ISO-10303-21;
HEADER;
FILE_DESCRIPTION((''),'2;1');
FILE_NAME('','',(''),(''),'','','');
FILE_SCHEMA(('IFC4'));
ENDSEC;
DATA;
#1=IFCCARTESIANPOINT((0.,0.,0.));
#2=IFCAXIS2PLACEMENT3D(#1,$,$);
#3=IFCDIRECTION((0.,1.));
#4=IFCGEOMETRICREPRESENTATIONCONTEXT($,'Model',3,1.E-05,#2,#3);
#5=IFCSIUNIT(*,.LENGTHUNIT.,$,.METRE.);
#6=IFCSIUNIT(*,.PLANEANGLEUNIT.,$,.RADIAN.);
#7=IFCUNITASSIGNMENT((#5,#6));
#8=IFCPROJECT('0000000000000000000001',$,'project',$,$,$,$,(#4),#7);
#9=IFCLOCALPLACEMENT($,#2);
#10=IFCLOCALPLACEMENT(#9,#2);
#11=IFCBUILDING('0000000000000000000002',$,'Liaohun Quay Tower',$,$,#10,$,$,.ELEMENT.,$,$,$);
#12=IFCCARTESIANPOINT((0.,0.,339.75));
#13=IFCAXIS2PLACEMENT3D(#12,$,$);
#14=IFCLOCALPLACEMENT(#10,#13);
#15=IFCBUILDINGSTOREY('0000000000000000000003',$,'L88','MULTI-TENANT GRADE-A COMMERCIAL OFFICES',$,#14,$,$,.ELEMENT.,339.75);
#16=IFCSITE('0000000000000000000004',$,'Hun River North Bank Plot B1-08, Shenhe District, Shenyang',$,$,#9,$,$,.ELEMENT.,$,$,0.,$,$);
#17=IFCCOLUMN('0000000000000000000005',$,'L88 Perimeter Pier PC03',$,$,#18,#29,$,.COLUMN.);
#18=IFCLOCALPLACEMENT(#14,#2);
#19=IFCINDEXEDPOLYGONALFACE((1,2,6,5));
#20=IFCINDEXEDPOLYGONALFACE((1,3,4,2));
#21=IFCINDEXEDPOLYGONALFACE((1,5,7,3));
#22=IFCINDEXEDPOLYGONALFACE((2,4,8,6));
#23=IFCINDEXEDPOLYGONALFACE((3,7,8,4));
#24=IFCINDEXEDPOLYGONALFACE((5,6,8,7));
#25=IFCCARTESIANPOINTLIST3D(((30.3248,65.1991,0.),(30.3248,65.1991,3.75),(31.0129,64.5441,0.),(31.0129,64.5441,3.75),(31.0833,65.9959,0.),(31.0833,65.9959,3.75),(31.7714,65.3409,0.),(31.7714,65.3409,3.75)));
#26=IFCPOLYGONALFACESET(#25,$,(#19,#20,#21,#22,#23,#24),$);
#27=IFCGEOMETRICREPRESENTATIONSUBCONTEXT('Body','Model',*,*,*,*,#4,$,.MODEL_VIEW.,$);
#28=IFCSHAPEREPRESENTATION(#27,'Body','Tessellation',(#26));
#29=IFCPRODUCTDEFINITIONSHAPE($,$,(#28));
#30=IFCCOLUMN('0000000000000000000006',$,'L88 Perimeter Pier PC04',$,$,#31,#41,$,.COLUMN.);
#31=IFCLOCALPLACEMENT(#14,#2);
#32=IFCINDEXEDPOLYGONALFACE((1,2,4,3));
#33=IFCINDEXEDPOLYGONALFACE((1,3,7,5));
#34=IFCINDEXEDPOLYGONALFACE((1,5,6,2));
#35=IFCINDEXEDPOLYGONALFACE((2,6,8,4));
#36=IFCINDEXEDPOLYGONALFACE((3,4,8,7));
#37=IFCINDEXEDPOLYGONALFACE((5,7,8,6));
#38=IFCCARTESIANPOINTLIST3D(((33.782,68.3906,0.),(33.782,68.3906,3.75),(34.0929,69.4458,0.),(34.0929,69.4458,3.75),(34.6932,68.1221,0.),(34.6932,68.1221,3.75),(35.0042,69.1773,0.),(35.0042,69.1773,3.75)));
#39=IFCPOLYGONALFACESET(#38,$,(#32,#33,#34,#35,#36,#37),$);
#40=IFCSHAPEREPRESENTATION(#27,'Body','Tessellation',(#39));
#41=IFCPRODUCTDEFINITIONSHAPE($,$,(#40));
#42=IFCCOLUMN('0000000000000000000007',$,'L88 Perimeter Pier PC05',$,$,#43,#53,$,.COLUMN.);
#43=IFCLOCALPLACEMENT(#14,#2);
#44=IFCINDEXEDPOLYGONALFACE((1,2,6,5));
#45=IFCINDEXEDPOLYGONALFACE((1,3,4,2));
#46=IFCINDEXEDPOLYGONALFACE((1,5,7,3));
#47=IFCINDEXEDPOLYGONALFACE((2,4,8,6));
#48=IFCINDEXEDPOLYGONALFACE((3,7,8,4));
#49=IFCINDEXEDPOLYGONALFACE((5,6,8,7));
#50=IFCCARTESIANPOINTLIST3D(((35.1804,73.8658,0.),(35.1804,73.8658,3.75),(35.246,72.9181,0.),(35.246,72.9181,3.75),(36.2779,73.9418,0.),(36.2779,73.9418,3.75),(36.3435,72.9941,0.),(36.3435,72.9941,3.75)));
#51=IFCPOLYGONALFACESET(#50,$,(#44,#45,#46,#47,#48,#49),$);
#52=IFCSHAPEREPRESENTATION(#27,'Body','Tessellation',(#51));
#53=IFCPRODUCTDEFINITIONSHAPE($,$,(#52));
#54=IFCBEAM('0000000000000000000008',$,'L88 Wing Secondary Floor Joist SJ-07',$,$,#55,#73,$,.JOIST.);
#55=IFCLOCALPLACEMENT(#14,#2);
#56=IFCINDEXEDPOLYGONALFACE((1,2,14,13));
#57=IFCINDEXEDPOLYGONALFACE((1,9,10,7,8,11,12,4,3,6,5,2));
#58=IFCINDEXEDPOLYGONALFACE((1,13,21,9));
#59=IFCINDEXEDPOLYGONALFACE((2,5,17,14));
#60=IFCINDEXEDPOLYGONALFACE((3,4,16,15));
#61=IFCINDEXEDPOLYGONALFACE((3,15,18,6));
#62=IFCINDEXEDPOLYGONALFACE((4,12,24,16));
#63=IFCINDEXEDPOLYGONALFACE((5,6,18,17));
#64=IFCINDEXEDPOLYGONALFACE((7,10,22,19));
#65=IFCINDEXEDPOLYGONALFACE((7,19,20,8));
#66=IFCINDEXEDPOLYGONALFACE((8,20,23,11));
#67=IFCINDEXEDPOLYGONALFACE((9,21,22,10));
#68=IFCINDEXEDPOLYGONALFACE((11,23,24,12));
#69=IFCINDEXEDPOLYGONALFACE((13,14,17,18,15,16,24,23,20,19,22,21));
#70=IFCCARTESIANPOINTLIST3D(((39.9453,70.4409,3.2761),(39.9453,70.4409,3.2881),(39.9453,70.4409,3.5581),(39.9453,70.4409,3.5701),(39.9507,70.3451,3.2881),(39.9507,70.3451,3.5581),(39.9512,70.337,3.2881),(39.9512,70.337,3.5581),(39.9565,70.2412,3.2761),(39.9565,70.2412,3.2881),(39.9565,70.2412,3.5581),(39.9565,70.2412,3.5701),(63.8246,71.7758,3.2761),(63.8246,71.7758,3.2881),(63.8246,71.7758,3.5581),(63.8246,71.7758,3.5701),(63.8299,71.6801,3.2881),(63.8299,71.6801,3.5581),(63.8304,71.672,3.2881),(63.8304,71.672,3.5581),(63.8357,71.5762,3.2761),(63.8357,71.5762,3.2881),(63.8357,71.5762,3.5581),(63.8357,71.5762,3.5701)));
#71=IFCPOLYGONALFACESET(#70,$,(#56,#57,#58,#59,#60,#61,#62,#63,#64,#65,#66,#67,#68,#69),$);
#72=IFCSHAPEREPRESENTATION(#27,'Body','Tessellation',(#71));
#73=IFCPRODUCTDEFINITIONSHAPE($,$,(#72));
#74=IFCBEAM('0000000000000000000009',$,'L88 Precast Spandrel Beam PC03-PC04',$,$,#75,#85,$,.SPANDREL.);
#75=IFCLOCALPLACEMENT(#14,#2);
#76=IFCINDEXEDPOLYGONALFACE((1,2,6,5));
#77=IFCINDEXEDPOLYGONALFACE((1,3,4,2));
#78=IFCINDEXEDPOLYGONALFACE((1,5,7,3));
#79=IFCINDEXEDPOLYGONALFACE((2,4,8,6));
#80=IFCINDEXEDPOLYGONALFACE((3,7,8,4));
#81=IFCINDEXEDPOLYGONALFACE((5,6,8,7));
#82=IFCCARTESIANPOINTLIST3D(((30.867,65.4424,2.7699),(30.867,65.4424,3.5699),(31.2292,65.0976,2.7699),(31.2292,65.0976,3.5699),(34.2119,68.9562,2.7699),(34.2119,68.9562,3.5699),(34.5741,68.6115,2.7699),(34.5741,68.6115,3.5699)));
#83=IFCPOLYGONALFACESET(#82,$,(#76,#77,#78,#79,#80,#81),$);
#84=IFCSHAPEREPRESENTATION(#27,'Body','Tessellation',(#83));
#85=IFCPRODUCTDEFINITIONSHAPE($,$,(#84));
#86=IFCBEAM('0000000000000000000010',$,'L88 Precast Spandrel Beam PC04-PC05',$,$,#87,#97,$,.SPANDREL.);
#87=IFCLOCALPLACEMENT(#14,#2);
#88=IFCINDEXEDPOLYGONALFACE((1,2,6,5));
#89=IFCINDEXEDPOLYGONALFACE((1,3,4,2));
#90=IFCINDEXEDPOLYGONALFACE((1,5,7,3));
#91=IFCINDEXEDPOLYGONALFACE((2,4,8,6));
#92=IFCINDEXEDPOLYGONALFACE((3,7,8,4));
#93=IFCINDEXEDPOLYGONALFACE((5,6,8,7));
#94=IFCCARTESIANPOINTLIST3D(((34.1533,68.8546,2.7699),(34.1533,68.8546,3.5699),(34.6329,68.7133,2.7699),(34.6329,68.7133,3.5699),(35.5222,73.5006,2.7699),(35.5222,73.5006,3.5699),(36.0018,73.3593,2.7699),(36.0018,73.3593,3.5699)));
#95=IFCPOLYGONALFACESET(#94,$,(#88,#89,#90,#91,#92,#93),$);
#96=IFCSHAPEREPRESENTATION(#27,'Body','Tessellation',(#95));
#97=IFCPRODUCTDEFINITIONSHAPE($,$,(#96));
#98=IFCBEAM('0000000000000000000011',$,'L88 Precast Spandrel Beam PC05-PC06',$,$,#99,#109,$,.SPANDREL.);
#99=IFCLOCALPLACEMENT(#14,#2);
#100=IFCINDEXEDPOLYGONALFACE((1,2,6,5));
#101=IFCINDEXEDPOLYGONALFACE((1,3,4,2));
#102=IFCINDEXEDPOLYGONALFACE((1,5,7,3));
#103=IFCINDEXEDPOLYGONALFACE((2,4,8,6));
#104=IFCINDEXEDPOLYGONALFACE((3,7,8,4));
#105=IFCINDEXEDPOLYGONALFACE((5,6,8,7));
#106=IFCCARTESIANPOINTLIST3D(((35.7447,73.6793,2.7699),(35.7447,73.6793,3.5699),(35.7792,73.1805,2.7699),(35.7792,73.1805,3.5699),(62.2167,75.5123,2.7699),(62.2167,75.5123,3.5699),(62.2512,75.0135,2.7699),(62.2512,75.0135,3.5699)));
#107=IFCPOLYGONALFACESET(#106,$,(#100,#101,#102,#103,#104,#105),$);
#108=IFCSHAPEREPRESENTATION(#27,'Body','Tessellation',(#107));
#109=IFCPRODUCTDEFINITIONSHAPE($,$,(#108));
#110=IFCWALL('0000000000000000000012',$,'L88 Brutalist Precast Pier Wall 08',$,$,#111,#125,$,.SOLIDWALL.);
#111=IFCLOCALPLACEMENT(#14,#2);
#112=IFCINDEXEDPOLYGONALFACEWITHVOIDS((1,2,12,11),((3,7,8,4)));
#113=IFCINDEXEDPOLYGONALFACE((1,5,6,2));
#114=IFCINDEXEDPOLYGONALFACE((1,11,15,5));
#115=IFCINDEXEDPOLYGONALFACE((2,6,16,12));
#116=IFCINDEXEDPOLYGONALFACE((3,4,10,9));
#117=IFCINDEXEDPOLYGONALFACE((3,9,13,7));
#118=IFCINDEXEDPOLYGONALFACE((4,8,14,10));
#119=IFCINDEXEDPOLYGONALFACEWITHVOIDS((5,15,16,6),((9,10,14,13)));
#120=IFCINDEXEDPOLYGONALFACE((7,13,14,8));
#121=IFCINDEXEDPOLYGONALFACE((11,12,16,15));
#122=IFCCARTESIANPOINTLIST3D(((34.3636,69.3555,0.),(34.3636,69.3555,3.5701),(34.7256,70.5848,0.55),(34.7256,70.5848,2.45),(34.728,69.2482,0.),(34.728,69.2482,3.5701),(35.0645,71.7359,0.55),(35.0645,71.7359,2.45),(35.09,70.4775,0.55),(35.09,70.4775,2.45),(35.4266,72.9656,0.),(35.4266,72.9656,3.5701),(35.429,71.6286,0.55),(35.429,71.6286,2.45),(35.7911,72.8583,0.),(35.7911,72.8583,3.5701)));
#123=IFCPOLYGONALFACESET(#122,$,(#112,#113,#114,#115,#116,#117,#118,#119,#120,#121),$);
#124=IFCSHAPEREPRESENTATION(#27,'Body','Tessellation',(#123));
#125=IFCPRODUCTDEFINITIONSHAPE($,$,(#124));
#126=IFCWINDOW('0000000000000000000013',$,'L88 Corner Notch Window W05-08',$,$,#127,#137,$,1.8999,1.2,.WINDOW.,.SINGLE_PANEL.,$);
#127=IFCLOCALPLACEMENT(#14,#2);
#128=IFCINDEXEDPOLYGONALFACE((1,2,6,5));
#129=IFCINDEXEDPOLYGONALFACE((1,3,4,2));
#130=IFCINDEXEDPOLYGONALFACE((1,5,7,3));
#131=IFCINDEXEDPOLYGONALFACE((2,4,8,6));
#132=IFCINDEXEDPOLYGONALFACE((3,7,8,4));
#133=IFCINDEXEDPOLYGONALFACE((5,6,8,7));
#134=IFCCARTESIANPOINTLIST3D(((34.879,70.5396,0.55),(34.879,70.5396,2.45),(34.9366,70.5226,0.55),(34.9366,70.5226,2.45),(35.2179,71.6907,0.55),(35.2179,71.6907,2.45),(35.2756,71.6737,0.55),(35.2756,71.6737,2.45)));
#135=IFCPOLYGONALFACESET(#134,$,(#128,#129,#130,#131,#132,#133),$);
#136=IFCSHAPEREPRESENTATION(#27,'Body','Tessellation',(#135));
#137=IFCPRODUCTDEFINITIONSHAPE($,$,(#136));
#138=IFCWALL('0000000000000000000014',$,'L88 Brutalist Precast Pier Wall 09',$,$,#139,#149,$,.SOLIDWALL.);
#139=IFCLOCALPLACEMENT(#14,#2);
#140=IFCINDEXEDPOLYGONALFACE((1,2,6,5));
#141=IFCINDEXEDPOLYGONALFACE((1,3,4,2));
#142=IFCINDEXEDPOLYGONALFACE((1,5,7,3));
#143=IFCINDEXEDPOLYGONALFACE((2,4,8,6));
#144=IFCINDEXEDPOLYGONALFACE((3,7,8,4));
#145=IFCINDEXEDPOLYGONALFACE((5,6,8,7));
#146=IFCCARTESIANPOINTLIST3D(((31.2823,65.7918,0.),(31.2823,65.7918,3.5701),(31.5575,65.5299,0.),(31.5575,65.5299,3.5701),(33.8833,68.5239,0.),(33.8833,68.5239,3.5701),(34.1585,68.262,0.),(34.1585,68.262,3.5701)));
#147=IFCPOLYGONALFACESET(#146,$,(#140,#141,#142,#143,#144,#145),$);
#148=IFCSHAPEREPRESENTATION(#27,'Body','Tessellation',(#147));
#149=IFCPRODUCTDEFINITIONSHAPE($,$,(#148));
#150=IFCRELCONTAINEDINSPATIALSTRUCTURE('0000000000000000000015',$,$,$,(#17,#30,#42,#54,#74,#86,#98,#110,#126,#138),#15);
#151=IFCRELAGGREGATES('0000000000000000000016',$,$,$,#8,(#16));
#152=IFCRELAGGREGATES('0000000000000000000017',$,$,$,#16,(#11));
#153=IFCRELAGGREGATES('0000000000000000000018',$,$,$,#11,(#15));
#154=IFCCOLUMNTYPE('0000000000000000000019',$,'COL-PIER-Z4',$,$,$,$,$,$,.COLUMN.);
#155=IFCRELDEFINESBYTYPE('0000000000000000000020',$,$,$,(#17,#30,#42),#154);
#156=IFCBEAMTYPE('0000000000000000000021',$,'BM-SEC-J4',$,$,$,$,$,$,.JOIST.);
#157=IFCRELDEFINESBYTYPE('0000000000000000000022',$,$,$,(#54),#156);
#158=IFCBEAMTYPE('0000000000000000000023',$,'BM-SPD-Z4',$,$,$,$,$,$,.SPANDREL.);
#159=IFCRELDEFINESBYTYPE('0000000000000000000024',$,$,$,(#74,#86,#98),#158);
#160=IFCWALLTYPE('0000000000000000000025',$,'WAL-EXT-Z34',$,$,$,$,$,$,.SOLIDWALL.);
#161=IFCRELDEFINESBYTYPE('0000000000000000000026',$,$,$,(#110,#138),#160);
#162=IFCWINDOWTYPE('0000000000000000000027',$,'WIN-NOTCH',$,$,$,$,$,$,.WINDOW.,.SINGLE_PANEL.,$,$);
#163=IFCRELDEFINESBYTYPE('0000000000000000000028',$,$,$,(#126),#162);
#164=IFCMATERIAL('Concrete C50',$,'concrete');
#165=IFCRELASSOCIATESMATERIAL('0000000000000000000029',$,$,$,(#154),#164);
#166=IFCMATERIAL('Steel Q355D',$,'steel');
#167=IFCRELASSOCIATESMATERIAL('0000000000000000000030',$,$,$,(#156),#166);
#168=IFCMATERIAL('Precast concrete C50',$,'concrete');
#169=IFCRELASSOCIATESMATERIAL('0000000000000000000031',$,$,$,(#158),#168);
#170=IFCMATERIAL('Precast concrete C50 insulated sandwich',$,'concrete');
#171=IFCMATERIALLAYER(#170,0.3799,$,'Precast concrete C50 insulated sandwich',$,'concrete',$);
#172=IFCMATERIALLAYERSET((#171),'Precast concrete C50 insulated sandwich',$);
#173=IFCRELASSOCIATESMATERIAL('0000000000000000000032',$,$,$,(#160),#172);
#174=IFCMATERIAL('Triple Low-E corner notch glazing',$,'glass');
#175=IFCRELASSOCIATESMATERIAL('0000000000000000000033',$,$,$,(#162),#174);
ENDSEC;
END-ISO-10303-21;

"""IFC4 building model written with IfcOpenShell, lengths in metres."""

from ifc_helpers import new_model, si_unit, direction, frame, frame_2d, origin, origin_2d, place, context, subcontext, project, spatial, rectangle, i_section, extrude, source, transform, mapped, material, layer, layer_set, material_profile, profile_set, type_object, element, fill, save


model = new_model("IFC4")

# Units and contexts
model_context = context("Model", 3, precision=1e-05, world=origin(), true_north=direction((0.0, 1.0)))
body_context = subcontext(model_context, "Body", "Model", "MODEL_VIEW")
ifc_project = project(units=[si_unit("LENGTHUNIT", "METRE"), si_unit("PLANEANGLEUNIT", "RADIAN")], contexts=[model_context])

# Site, building, storey
site_placement = place(None, origin())
site = spatial("IfcSite", under=ifc_project, at=site_placement, Name="Hun River North Bank Plot B1-08, Shenhe District, Shenyang", CompositionType="ELEMENT", RefElevation=0.0)
building_placement = place(site_placement, origin())
building = spatial("IfcBuilding", under=site, at=building_placement, Name="Liaohun Quay Tower", CompositionType="ELEMENT")
storey_placement = place(building_placement, frame((0.0, 0.0, 339.75)))
storey = spatial("IfcBuildingStorey", under=building, at=storey_placement, Name="L88", Description="MULTI-TENANT GRADE-A COMMERCIAL OFFICES", CompositionType="ELEMENT", Elevation=339.75)

# Columns
ifc_material_1 = material(Name="Concrete C50", Category="concrete")
ifc_material_profile_1 = material_profile(ifc_material_1, rectangle(XDim=1.1001, YDim=0.95, at=origin_2d()), Name="RC1100x950")
ifc_profile_set_1 = profile_set([ifc_material_profile_1], Name="Concrete C50")
column_type = type_object("IfcColumnType", Name="COL-PIER-Z4", PredefinedType="COLUMN", material=ifc_profile_set_1)
shared_shape_1 = source(origin(), body_context, "Body", "SweptSolid", [
    extrude(rectangle(XDim=1.1001, YDim=0.95, at=origin_2d()), origin(), (0.0, 0.0, 1.0), 3.75),
])
for number, where, z_axis, x_axis, name in (
    (1, (31.0481, 65.27, 0.0), (0.0, 0.0, 1.0), (0.689493, 0.724292, 0.0), "L88 Perimeter Pier PC03"),
    (2, (34.3931, 68.7839, 0.0), (0.0, 0.0, 1.0), (0.282676, 0.959215, 0.0), "L88 Perimeter Pier PC04"),
    (3, (35.762, 73.4299, 0.0), (0.0, 0.0, 1.0), (0.997613, 0.06906, 0.0), "L88 Perimeter Pier PC05"),
):
    element("IfcColumn", number, at=place(storey_placement, frame(where, z_axis=z_axis, x_axis=x_axis)), inside=storey, type_object=column_type, Name=name, PredefinedType="COLUMN", context=body_context, shape_type="MappedRepresentation", body=[
        mapped(shared_shape_1, transform((0.0, 0.0, 0.0), x_axis=(1.0, 0.0, 0.0), y_axis=(0.0, 1.0, 0.0), z_axis=(0.0, 0.0, 1.0), scale=1.0)),
    ])

# Beams
ifc_material_2 = material(Name="Steel Q355D", Category="steel")
ifc_material_profile_2 = material_profile(ifc_material_2, i_section(OverallWidth=0.2, OverallDepth=0.2939, WebThickness=0.0081, FlangeThickness=0.012, at=origin_2d()), Name="HM294x200x8x12")
ifc_profile_set_2 = profile_set([ifc_material_profile_2], Name="Steel Q355D")
beam_type_1 = type_object("IfcBeamType", Name="BM-SEC-J4", PredefinedType="JOIST", material=ifc_profile_set_2)
shared_shape_2 = source(origin(), body_context, "Body", "SweptSolid", [
    extrude(i_section(OverallWidth=0.2, OverallDepth=0.2939, WebThickness=0.0081, FlangeThickness=0.012, at=origin_2d()), origin(), (0.0, 0.0, 1.0), 23.9165),
])
beam_1_placement = place(storey_placement, frame((39.9509, 70.3411, 3.4231), z_axis=(0.998441, 0.055818, 0.0), x_axis=(-0.055818, 0.998441, 0.0)))
element("IfcBeam", 4, at=beam_1_placement, inside=storey, type_object=beam_type_1, Name="L88 Wing Secondary Floor Joist SJ-07", PredefinedType="JOIST", context=body_context, shape_type="MappedRepresentation", body=[
    mapped(shared_shape_2, transform((0.0, 0.0, 0.0), x_axis=(1.0, 0.0, 0.0), y_axis=(0.0, 1.0, 0.0), z_axis=(0.0, 0.0, 1.0), scale=1.0)),
])
ifc_material_3 = material(Name="Precast concrete C50", Category="concrete")
ifc_material_profile_3 = material_profile(ifc_material_3, rectangle(XDim=0.5, YDim=0.8, at=origin_2d()), Name="RC500x800")
ifc_profile_set_3 = profile_set([ifc_material_profile_3], Name="Precast concrete C50")
beam_type_2 = type_object("IfcBeamType", Name="BM-SPD-Z4", PredefinedType="SPANDREL", material=ifc_profile_set_3)
shared_shape_3 = source(origin(), body_context, "Body", "SweptSolid", [
    extrude(rectangle(XDim=0.5, YDim=0.8, at=origin_2d()), origin(), (0.0, 0.0, 1.0), 4.8513),
])
beam_2_placement = place(storey_placement, frame((31.0481, 65.27, 3.1699), z_axis=(0.68948, 0.724304, 0.0), x_axis=(-0.724304, 0.68948, 0.0)))
element("IfcBeam", 5, at=beam_2_placement, inside=storey, type_object=beam_type_2, Name="L88 Precast Spandrel Beam PC03-PC04", PredefinedType="SPANDREL", context=body_context, shape_type="MappedRepresentation", body=[
    mapped(shared_shape_3, transform((0.0, 0.0, 0.0), x_axis=(1.0, 0.0, 0.0), y_axis=(0.0, 1.0, 0.0), z_axis=(0.0, 0.0, 1.0), scale=1.0)),
])
shared_shape_4 = source(origin(), body_context, "Body", "SweptSolid", [
    extrude(rectangle(XDim=0.5, YDim=0.8, at=origin_2d()), origin(), (0.0, 0.0, 1.0), 4.8435),
])
beam_3_placement = place(storey_placement, frame((34.3931, 68.7839, 3.1699), z_axis=(0.282627, 0.95923, 0.0), x_axis=(-0.95923, 0.282627, 0.0)))
element("IfcBeam", 6, at=beam_3_placement, inside=storey, type_object=beam_type_2, Name="L88 Precast Spandrel Beam PC04-PC05", PredefinedType="SPANDREL", context=body_context, shape_type="MappedRepresentation", body=[
    mapped(shared_shape_4, transform((0.0, 0.0, 0.0), x_axis=(1.0, 0.0, 0.0), y_axis=(0.0, 1.0, 0.0), z_axis=(0.0, 0.0, 1.0), scale=1.0)),
])
shared_shape_5 = source(origin(), body_context, "Body", "SweptSolid", [
    extrude(rectangle(XDim=0.5, YDim=0.8, at=origin_2d()), origin(), (0.0, 0.0, 1.0), 26.5354),
])
beam_4_placement = place(storey_placement, frame((35.762, 73.4299, 3.1699), z_axis=(0.997611, 0.069078, 0.0), x_axis=(-0.069078, 0.997611, 0.0)))
element("IfcBeam", 7, at=beam_4_placement, inside=storey, type_object=beam_type_2, Name="L88 Precast Spandrel Beam PC05-PC06", PredefinedType="SPANDREL", context=body_context, shape_type="MappedRepresentation", body=[
    mapped(shared_shape_5, transform((0.0, 0.0, 0.0), x_axis=(1.0, 0.0, 0.0), y_axis=(0.0, 1.0, 0.0), z_axis=(0.0, 0.0, 1.0), scale=1.0)),
])

# Wall, opening, window
ifc_material_4 = material(Name="Precast concrete C50 insulated sandwich", Category="concrete")
ifc_layer_1 = layer(ifc_material_4, 0.3799, Name="Precast concrete C50 insulated sandwich", Category="concrete")
ifc_layer_set_1 = layer_set([ifc_layer_1], Name="Precast concrete C50 insulated sandwich")
wall_type_1 = type_object("IfcWallType", Name="WAL-EXT-Z34", PredefinedType="SOLIDWALL", material=ifc_layer_set_1)
wall_1_placement = place(storey_placement, frame((35.6089, 72.9121, 0.0), z_axis=(0.0, 0.0, 1.0), x_axis=(-0.282458, -0.95928, 0.0)))
wall_1 = element("IfcWall", 8, at=wall_1_placement, inside=storey, type_object=wall_type_1, Name="L88 Brutalist Precast Pier Wall 08", PredefinedType="SOLIDWALL", context=body_context, shape_type="SweptSolid", body=[
    extrude(rectangle(XDim=3.7634, YDim=0.3799, at=frame_2d((1.8818, 0.0))), origin(), (0.0, 0.0, 1.0), 3.5701),
])
shared_shape_6 = source(origin(), body_context, "Body", "SweptSolid", [
    extrude(rectangle(XDim=1.2, YDim=1.8999, at=frame_2d((0.6001, 0.95))), frame((0.0, 0.2, 0.0), z_axis=(0.0, -1.0, 0.0), x_axis=(1.0, 0.0, 0.0)), (0.0, 0.0, 1.0), 0.3999),
])
opening_1_placement = place(wall_1_placement, frame((1.282, 0.0, 0.55)))
opening_1 = element("IfcOpeningElement", 9, at=opening_1_placement, cuts=wall_1, PredefinedType="OPENING", context=body_context, shape_type="MappedRepresentation", body=[
    mapped(shared_shape_6, transform((0.0, 0.0, 0.0), x_axis=(1.0, 0.0, 0.0), y_axis=(0.0, 1.0, 0.0), z_axis=(0.0, 0.0, 1.0), scale=1.0)),
])
ifc_material_5 = material(Name="Triple Low-E corner notch glazing", Category="glass")
window_type_1 = type_object("IfcWindowType", Name="WIN-NOTCH", PartitioningType="SINGLE_PANEL", PredefinedType="WINDOW", material=ifc_material_5)
shared_shape_7 = source(origin(), body_context, "Body", "SweptSolid", [
    extrude(rectangle(XDim=1.2, YDim=1.8999, at=frame_2d((0.6001, 0.95))), frame((0.0, 0.03, 0.0), z_axis=(0.0, -1.0, 0.0), x_axis=(1.0, 0.0, 0.0)), (0.0, 0.0, 1.0), 0.0601),
])
window_1_placement = place(opening_1_placement, origin())
window_1 = element("IfcWindow", 10, at=window_1_placement, inside=storey, type_object=window_type_1, Name="L88 Corner Notch Window W05-08", OverallHeight=1.8999, OverallWidth=1.2, PartitioningType="SINGLE_PANEL", PredefinedType="WINDOW", context=body_context, shape_type="MappedRepresentation", body=[
    mapped(shared_shape_7, transform((0.0, 0.0, 0.0), x_axis=(1.0, 0.0, 0.0), y_axis=(0.0, 1.0, 0.0), z_axis=(0.0, 0.0, 1.0), scale=1.0)),
])
fill(opening_1, window_1)

# Wall
wall_2_placement = place(storey_placement, frame((34.021, 68.3931, 0.0), z_axis=(0.0, 0.0, 1.0), x_axis=(-0.689516, -0.72427, 0.0)))
element("IfcWall", 11, at=wall_2_placement, inside=storey, type_object=wall_type_1, Name="L88 Brutalist Precast Pier Wall 09", PredefinedType="SOLIDWALL", context=body_context, shape_type="SweptSolid", body=[
    extrude(rectangle(XDim=3.7722, YDim=0.3799, at=frame_2d((1.8862, 0.0))), origin(), (0.0, 0.0, 1.0), 3.5701),
])

save(model, "model.ifc")
